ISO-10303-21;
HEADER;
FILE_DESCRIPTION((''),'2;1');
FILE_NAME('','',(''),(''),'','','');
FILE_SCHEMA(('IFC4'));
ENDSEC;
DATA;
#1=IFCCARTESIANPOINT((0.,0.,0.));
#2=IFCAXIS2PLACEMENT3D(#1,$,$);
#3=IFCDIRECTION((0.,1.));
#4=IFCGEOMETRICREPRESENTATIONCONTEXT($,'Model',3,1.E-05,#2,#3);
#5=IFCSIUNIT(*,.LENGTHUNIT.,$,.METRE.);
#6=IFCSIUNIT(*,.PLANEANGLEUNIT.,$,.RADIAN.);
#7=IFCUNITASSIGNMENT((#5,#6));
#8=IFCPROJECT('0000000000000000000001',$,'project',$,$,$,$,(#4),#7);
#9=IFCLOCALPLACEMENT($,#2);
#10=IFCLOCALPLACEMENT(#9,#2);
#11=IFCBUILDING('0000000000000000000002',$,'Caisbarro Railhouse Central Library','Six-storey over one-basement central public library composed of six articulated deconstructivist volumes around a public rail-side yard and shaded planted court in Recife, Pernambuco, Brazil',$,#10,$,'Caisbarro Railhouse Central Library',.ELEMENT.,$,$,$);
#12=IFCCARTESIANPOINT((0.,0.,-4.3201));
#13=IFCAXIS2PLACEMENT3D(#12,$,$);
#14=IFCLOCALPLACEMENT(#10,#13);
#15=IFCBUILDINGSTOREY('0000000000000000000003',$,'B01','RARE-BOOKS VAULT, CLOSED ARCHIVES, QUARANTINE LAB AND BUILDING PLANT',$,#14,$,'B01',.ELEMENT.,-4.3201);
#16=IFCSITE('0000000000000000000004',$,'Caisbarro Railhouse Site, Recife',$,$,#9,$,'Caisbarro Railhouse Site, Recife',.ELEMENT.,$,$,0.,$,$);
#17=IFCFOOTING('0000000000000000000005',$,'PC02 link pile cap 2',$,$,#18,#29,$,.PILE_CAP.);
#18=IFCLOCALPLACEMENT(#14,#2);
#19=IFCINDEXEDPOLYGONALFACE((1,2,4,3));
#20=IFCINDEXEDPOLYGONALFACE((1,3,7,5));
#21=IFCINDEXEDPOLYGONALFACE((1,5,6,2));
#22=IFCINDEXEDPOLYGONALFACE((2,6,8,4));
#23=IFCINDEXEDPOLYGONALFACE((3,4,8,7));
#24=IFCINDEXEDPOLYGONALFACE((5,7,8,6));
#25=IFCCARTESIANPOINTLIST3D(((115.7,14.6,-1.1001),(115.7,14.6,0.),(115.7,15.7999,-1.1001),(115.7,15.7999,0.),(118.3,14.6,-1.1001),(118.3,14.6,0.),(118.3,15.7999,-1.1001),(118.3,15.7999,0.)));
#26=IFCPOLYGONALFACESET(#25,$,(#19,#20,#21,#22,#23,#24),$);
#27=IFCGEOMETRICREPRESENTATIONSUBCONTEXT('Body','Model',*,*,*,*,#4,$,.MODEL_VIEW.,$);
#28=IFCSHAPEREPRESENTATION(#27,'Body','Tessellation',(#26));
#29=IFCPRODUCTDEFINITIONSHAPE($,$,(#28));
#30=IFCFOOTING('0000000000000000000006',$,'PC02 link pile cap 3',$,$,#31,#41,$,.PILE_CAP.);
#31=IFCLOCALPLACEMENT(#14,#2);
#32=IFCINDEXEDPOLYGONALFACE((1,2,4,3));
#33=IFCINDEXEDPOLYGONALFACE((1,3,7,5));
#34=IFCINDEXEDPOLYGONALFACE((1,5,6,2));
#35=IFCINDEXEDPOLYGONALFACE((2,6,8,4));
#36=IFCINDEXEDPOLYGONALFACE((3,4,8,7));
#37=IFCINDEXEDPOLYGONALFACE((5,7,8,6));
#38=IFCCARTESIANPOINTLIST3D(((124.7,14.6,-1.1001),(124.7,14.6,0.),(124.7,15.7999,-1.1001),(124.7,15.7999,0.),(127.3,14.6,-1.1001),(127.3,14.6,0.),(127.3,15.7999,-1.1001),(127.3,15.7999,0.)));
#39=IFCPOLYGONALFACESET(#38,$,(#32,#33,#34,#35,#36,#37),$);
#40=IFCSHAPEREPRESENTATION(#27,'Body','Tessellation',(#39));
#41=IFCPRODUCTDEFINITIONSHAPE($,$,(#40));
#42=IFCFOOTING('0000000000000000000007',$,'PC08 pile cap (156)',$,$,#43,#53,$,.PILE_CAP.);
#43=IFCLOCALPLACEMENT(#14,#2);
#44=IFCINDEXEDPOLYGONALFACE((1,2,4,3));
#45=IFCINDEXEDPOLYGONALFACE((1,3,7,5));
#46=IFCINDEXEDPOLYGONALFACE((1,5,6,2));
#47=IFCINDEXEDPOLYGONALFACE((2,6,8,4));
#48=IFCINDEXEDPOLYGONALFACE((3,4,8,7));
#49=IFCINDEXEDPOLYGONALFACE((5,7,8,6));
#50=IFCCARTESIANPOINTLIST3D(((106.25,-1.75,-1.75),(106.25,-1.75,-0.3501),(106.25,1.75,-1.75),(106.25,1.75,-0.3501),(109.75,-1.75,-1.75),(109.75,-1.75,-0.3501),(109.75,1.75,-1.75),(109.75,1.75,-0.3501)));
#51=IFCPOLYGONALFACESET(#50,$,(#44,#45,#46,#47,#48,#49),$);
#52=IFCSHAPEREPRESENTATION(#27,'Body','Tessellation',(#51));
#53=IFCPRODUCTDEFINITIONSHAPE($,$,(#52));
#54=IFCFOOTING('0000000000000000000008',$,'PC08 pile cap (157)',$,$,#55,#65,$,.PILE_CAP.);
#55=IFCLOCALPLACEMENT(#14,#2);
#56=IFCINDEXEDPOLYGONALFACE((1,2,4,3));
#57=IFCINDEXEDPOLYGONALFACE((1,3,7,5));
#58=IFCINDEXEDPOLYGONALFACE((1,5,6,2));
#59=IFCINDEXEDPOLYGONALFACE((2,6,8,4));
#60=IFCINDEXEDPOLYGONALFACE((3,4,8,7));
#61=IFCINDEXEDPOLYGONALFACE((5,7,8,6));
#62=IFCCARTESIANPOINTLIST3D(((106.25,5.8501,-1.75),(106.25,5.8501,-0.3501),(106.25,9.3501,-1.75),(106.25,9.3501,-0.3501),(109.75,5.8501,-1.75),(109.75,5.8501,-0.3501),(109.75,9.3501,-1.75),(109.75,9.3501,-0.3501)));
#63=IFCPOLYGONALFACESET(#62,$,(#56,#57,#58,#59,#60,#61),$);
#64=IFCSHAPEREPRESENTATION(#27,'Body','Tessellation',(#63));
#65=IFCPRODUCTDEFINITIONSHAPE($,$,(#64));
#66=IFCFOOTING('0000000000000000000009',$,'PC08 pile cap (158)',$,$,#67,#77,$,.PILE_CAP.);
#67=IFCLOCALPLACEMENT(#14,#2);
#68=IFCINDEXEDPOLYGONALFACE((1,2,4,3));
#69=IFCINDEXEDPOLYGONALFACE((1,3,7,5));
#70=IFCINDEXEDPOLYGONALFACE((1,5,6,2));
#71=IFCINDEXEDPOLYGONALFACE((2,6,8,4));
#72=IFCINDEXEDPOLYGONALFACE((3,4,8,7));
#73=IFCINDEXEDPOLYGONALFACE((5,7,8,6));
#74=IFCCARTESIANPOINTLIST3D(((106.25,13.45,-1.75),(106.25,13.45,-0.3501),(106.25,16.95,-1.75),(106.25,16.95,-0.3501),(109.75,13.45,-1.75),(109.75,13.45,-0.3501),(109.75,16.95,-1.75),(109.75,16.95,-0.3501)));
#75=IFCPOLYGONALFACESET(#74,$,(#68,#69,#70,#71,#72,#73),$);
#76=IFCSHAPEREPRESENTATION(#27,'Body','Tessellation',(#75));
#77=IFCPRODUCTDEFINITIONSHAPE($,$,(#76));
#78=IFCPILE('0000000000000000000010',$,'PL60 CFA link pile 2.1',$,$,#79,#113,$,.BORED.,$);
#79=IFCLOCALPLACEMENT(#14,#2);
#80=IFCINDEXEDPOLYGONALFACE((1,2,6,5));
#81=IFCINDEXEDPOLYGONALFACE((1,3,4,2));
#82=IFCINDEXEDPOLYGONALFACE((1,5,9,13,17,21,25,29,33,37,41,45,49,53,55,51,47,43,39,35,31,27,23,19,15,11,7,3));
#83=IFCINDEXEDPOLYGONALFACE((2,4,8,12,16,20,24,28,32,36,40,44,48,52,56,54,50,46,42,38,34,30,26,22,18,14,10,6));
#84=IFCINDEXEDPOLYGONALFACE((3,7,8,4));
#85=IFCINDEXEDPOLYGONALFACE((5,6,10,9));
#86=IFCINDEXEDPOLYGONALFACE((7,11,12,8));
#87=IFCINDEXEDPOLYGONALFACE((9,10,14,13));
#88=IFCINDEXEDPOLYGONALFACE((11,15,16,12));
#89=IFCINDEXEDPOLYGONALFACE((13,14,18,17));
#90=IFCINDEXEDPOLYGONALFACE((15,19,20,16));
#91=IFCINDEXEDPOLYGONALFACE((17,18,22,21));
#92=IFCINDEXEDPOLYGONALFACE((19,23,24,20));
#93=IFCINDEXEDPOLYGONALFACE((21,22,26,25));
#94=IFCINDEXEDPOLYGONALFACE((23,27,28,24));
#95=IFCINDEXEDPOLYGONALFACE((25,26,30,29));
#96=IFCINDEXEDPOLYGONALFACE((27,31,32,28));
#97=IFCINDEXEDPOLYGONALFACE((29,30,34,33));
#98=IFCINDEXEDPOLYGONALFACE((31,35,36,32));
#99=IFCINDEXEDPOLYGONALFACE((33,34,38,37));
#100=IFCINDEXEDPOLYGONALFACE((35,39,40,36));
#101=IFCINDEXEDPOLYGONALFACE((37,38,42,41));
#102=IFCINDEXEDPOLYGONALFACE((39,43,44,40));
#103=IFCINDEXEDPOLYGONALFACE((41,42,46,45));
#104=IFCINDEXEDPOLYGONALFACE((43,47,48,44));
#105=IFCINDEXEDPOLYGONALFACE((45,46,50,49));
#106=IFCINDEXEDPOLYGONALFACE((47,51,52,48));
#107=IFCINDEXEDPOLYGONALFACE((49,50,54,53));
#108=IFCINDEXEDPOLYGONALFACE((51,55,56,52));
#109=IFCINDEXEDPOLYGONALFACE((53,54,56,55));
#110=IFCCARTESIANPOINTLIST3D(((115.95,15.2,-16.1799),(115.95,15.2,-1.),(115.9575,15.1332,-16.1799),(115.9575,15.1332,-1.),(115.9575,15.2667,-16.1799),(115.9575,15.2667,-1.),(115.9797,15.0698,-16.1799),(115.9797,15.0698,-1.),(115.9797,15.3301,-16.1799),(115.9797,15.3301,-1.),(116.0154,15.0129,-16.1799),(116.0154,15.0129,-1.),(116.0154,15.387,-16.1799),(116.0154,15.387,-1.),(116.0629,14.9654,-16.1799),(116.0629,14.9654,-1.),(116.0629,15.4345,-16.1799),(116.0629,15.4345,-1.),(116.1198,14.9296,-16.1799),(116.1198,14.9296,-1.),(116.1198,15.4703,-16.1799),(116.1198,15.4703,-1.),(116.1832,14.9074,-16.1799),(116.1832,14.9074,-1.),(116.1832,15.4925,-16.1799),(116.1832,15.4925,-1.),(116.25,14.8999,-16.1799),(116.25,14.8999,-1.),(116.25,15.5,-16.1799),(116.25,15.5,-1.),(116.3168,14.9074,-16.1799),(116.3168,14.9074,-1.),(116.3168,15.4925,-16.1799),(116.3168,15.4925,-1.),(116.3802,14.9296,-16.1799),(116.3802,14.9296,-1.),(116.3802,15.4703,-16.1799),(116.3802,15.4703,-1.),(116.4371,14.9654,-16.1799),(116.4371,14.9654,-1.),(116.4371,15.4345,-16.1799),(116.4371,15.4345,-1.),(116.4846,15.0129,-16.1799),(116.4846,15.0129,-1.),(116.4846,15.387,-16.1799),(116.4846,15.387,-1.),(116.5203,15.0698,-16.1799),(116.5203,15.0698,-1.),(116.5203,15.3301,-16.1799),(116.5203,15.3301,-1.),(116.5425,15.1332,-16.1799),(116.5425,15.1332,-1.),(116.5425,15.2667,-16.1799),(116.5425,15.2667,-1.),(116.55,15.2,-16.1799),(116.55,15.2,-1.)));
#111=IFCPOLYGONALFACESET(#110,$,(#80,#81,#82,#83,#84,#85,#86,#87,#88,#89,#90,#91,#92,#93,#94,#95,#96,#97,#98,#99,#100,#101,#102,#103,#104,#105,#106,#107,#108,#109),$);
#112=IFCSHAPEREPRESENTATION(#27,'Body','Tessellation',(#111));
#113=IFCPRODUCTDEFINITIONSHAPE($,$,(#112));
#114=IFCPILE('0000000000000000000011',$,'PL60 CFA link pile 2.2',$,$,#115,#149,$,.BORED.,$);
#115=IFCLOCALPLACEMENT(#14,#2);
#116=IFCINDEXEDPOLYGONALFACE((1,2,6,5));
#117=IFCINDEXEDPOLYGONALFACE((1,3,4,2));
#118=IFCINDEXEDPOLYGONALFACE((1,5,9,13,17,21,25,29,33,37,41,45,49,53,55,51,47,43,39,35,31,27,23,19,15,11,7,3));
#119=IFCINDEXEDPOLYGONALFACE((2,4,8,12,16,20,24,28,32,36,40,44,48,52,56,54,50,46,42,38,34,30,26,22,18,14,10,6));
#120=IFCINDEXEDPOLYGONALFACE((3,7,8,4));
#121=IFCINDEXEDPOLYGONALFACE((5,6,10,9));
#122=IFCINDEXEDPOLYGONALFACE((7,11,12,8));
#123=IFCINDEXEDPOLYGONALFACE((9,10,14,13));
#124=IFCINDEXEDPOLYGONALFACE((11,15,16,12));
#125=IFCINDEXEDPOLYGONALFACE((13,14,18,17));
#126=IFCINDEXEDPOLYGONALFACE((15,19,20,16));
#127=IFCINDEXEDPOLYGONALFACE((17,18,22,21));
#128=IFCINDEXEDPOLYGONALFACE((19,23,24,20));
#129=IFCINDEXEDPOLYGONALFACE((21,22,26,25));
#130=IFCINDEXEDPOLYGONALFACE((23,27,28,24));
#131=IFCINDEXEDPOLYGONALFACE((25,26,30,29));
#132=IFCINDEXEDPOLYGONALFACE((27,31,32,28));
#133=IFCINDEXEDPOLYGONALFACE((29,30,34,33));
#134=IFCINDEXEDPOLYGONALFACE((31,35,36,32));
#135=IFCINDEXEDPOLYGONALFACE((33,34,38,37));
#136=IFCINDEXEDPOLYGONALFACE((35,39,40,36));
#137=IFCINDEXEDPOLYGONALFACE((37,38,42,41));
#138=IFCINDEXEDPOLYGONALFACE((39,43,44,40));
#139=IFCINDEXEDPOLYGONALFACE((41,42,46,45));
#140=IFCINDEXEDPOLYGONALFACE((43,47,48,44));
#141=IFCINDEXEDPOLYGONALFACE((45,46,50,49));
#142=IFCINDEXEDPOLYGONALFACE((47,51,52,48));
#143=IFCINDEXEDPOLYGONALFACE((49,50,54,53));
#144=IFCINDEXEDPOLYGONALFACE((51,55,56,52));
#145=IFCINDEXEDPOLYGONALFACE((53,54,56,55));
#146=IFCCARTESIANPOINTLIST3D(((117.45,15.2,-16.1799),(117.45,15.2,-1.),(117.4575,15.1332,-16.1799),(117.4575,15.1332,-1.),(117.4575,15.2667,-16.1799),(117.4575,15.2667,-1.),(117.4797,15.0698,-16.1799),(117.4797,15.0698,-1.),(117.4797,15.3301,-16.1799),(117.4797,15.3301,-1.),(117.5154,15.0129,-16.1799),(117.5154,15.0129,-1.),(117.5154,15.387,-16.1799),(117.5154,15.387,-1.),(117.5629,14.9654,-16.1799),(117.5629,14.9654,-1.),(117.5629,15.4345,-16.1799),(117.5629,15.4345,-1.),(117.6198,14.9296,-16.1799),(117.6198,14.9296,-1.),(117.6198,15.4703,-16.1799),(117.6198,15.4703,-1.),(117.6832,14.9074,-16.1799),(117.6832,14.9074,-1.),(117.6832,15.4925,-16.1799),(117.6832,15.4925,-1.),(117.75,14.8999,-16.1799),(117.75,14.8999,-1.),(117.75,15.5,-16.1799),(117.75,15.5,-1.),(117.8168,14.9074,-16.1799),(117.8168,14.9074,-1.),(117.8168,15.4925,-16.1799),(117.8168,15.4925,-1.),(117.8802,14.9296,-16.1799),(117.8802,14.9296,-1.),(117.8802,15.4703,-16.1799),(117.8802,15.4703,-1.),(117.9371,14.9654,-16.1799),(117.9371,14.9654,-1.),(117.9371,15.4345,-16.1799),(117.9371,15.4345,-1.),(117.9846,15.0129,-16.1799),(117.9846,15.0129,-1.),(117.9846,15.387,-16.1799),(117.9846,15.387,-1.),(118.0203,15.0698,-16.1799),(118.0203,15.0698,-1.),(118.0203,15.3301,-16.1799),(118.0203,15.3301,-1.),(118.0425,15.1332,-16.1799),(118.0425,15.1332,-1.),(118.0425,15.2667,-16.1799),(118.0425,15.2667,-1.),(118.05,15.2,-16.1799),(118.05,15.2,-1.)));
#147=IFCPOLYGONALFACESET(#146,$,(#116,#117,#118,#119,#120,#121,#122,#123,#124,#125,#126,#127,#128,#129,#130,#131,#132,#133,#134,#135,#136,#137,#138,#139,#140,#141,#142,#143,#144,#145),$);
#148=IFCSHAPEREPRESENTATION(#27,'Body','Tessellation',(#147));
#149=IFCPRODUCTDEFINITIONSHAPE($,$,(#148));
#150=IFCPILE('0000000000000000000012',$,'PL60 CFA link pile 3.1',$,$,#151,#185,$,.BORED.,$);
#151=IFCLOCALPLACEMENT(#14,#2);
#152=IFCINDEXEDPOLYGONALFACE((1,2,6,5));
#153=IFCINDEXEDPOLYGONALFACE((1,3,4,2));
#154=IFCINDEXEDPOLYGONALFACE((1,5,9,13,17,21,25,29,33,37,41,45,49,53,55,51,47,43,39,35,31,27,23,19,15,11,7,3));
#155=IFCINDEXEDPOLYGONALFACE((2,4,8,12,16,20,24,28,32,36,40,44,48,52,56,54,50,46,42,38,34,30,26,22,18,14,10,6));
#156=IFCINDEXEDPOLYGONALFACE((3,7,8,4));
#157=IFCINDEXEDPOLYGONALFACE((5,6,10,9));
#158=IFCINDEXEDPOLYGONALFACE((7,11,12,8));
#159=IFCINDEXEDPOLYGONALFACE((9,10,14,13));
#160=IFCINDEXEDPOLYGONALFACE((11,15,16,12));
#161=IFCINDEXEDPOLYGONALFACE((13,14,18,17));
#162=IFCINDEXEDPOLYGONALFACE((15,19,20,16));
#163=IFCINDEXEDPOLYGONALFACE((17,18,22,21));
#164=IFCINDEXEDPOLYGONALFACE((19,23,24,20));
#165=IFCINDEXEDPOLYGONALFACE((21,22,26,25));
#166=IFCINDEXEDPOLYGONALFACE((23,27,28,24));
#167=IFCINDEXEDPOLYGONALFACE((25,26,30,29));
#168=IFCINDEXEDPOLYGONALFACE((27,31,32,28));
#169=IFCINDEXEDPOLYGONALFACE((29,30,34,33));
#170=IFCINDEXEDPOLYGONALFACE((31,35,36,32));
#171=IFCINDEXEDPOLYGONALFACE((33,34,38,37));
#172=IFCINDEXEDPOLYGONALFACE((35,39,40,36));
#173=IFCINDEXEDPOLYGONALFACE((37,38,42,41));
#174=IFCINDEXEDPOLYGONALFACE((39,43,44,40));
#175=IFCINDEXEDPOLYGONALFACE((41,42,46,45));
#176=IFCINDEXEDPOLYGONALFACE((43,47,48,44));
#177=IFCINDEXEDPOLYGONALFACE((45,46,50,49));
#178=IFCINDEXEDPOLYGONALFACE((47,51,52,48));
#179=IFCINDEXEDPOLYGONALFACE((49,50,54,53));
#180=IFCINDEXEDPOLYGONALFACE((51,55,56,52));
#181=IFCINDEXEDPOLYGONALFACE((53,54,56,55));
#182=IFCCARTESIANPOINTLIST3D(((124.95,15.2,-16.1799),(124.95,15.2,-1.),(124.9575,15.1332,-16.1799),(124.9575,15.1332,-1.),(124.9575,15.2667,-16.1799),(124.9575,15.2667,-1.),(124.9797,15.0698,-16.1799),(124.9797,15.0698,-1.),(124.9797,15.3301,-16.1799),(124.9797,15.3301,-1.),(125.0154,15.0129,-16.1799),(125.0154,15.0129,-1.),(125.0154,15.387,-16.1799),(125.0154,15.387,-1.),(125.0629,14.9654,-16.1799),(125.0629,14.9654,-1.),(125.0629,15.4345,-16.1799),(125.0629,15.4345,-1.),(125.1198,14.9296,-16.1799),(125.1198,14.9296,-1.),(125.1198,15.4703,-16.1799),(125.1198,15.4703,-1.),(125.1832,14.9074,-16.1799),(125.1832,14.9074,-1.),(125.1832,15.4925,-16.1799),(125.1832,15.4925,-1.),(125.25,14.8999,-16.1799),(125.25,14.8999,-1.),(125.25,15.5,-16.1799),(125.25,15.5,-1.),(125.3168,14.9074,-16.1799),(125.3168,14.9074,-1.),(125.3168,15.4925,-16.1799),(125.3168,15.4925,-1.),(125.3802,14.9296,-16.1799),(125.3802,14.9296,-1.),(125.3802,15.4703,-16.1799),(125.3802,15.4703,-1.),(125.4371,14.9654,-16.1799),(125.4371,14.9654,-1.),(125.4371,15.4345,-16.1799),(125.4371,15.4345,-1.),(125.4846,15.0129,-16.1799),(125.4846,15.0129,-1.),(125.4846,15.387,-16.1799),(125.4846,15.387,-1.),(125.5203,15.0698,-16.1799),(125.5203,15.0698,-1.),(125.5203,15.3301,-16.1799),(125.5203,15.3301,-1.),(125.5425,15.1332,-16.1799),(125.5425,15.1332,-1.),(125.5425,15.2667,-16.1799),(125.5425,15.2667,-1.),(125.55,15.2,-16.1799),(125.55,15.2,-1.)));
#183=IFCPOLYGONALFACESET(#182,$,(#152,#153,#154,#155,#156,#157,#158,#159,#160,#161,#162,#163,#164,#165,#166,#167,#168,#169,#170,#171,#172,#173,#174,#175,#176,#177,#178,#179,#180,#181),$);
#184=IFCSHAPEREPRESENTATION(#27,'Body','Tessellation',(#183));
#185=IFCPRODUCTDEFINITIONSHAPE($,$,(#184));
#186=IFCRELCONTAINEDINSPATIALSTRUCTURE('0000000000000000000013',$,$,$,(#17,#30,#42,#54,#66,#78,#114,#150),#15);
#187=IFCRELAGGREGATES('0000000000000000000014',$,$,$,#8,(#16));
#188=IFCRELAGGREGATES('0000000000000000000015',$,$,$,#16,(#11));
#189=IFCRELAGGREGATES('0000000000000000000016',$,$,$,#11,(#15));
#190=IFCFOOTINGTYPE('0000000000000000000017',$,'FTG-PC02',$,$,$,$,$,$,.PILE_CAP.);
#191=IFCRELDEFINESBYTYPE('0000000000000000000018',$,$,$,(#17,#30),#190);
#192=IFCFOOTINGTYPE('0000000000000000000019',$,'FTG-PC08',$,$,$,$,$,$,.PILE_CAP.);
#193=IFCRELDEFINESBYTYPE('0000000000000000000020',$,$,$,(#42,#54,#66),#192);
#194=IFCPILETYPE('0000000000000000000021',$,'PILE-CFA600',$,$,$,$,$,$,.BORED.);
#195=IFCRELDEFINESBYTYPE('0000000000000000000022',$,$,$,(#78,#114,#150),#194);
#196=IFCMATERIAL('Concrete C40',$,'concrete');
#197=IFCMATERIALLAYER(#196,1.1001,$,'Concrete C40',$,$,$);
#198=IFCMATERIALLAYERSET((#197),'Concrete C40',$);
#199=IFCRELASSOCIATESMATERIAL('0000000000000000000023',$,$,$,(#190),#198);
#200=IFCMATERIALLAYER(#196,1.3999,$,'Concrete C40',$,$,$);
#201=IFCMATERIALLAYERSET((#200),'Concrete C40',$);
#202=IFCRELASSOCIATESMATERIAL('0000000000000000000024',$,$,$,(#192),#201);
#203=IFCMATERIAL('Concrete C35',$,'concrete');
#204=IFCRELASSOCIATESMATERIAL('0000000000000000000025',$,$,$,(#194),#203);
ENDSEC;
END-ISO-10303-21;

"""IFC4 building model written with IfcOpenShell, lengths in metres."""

from ifc_helpers import new_model, si_unit, direction, frame, origin, origin_2d, place, context, subcontext, project, spatial, rectangle, circle, extrude, material, layer, layer_set, material_profile, profile_set, type_object, element, save


model = new_model("IFC4")

# Units and contexts
model_context = context("Model", 3, precision=1e-05, world=origin(), true_north=direction((0.0, 1.0)))
body_context = subcontext(model_context, "Body", "Model", "MODEL_VIEW")
ifc_project = project(units=[si_unit("LENGTHUNIT", "METRE"), si_unit("PLANEANGLEUNIT", "RADIAN")], contexts=[model_context])

# Site, building, storey
site_placement = place(None, origin())
site = spatial("IfcSite", under=ifc_project, at=site_placement, Name="Caisbarro Railhouse Site, Recife", LongName="Caisbarro Railhouse Site, Recife", CompositionType="ELEMENT", RefElevation=0.0)
building_placement = place(site_placement, origin())
building = spatial("IfcBuilding", under=site, at=building_placement, Name="Caisbarro Railhouse Central Library", Description="Six-storey over one-basement central public library composed of six articulated deconstructivist volumes around a public rail-side yard and shaded planted court in Recife, Pernambuco, Brazil", LongName="Caisbarro Railhouse Central Library", CompositionType="ELEMENT")
storey_placement = place(building_placement, frame((0.0, 0.0, -4.3201)))
storey = spatial("IfcBuildingStorey", under=building, at=storey_placement, Name="B01", Description="RARE-BOOKS VAULT, CLOSED ARCHIVES, QUARANTINE LAB AND BUILDING PLANT", LongName="B01", CompositionType="ELEMENT", Elevation=-4.3201)

# Footings
ifc_material_1 = material(Name="Concrete C40", Category="concrete")
ifc_layer_1 = layer(ifc_material_1, 1.1001, Name="Concrete C40")
ifc_layer_set_1 = layer_set([ifc_layer_1], Name="Concrete C40")
footing_type_1 = type_object("IfcFootingType", Name="FTG-PC02", PredefinedType="PILE_CAP", material=ifc_layer_set_1)
for number, where, z_axis, x_axis, name in (
    (1, (117.0, 15.2, -1.1001), (0.0, 0.0, 1.0), (1.0, 0.0, 0.0), "PC02 link pile cap 2"),
    (2, (126.0, 15.2, -1.1001), (0.0, 0.0, 1.0), (1.0, 0.0, 0.0), "PC02 link pile cap 3"),
):
    element("IfcFooting", number, at=place(storey_placement, frame(where, z_axis=z_axis, x_axis=x_axis)), inside=storey, type_object=footing_type_1, Name=name, PredefinedType="PILE_CAP", context=body_context, shape_type="SweptSolid", body=[
        extrude(rectangle(XDim=2.6001, YDim=1.2, at=origin_2d()), origin(), (0.0, 0.0, 1.0), 1.1001),
    ])
ifc_layer_2 = layer(ifc_material_1, 1.3999, Name="Concrete C40")
ifc_layer_set_2 = layer_set([ifc_layer_2], Name="Concrete C40")
footing_type_2 = type_object("IfcFootingType", Name="FTG-PC08", PredefinedType="PILE_CAP", material=ifc_layer_set_2)
for number, where, z_axis, x_axis, name in (
    (3, (108.0, 0.0, -1.75), (0.0, 0.0, 1.0), (1.0, 0.0, 0.0), "PC08 pile cap (156)"),
    (4, (108.0, 7.6001, -1.75), (0.0, 0.0, 1.0), (1.0, 0.0, 0.0), "PC08 pile cap (157)"),
    (5, (108.0, 15.2, -1.75), (0.0, 0.0, 1.0), (1.0, 0.0, 0.0), "PC08 pile cap (158)"),
):
    element("IfcFooting", number, at=place(storey_placement, frame(where, z_axis=z_axis, x_axis=x_axis)), inside=storey, type_object=footing_type_2, Name=name, PredefinedType="PILE_CAP", context=body_context, shape_type="SweptSolid", body=[
        extrude(rectangle(XDim=3.5, YDim=3.5, at=origin_2d()), origin(), (0.0, 0.0, 1.0), 1.3999),
    ])

# Piles
ifc_material_2 = material(Name="Concrete C35", Category="concrete")
ifc_material_profile_1 = material_profile(ifc_material_2, circle(Radius=0.3, at=origin_2d()), Name="PILE-CFA-600")
ifc_profile_set_1 = profile_set([ifc_material_profile_1], Name="Concrete C35")
pile_type_1 = type_object("IfcPileType", Name="PILE-CFA600", PredefinedType="BORED", material=ifc_profile_set_1)
for number, where, z_axis, x_axis, name in (
    (6, (116.25, 15.2, -1.0), (0.0, 0.0, -1.0), (1.0, 0.0, 0.0), "PL60 CFA link pile 2.1"),
    (7, (117.75, 15.2, -1.0), (0.0, 0.0, -1.0), (1.0, 0.0, 0.0), "PL60 CFA link pile 2.2"),
    (8, (125.25, 15.2, -1.0), (0.0, 0.0, -1.0), (1.0, 0.0, 0.0), "PL60 CFA link pile 3.1"),
):
    element("IfcPile", number, at=place(storey_placement, frame(where, z_axis=z_axis, x_axis=x_axis)), inside=storey, type_object=pile_type_1, Name=name, PredefinedType="BORED", context=body_context, shape_type="SweptSolid", body=[
        extrude(circle(Radius=0.3, at=origin_2d()), origin(), (0.0, 0.0, 1.0), 15.1799),
    ])

save(model, "model.ifc")
